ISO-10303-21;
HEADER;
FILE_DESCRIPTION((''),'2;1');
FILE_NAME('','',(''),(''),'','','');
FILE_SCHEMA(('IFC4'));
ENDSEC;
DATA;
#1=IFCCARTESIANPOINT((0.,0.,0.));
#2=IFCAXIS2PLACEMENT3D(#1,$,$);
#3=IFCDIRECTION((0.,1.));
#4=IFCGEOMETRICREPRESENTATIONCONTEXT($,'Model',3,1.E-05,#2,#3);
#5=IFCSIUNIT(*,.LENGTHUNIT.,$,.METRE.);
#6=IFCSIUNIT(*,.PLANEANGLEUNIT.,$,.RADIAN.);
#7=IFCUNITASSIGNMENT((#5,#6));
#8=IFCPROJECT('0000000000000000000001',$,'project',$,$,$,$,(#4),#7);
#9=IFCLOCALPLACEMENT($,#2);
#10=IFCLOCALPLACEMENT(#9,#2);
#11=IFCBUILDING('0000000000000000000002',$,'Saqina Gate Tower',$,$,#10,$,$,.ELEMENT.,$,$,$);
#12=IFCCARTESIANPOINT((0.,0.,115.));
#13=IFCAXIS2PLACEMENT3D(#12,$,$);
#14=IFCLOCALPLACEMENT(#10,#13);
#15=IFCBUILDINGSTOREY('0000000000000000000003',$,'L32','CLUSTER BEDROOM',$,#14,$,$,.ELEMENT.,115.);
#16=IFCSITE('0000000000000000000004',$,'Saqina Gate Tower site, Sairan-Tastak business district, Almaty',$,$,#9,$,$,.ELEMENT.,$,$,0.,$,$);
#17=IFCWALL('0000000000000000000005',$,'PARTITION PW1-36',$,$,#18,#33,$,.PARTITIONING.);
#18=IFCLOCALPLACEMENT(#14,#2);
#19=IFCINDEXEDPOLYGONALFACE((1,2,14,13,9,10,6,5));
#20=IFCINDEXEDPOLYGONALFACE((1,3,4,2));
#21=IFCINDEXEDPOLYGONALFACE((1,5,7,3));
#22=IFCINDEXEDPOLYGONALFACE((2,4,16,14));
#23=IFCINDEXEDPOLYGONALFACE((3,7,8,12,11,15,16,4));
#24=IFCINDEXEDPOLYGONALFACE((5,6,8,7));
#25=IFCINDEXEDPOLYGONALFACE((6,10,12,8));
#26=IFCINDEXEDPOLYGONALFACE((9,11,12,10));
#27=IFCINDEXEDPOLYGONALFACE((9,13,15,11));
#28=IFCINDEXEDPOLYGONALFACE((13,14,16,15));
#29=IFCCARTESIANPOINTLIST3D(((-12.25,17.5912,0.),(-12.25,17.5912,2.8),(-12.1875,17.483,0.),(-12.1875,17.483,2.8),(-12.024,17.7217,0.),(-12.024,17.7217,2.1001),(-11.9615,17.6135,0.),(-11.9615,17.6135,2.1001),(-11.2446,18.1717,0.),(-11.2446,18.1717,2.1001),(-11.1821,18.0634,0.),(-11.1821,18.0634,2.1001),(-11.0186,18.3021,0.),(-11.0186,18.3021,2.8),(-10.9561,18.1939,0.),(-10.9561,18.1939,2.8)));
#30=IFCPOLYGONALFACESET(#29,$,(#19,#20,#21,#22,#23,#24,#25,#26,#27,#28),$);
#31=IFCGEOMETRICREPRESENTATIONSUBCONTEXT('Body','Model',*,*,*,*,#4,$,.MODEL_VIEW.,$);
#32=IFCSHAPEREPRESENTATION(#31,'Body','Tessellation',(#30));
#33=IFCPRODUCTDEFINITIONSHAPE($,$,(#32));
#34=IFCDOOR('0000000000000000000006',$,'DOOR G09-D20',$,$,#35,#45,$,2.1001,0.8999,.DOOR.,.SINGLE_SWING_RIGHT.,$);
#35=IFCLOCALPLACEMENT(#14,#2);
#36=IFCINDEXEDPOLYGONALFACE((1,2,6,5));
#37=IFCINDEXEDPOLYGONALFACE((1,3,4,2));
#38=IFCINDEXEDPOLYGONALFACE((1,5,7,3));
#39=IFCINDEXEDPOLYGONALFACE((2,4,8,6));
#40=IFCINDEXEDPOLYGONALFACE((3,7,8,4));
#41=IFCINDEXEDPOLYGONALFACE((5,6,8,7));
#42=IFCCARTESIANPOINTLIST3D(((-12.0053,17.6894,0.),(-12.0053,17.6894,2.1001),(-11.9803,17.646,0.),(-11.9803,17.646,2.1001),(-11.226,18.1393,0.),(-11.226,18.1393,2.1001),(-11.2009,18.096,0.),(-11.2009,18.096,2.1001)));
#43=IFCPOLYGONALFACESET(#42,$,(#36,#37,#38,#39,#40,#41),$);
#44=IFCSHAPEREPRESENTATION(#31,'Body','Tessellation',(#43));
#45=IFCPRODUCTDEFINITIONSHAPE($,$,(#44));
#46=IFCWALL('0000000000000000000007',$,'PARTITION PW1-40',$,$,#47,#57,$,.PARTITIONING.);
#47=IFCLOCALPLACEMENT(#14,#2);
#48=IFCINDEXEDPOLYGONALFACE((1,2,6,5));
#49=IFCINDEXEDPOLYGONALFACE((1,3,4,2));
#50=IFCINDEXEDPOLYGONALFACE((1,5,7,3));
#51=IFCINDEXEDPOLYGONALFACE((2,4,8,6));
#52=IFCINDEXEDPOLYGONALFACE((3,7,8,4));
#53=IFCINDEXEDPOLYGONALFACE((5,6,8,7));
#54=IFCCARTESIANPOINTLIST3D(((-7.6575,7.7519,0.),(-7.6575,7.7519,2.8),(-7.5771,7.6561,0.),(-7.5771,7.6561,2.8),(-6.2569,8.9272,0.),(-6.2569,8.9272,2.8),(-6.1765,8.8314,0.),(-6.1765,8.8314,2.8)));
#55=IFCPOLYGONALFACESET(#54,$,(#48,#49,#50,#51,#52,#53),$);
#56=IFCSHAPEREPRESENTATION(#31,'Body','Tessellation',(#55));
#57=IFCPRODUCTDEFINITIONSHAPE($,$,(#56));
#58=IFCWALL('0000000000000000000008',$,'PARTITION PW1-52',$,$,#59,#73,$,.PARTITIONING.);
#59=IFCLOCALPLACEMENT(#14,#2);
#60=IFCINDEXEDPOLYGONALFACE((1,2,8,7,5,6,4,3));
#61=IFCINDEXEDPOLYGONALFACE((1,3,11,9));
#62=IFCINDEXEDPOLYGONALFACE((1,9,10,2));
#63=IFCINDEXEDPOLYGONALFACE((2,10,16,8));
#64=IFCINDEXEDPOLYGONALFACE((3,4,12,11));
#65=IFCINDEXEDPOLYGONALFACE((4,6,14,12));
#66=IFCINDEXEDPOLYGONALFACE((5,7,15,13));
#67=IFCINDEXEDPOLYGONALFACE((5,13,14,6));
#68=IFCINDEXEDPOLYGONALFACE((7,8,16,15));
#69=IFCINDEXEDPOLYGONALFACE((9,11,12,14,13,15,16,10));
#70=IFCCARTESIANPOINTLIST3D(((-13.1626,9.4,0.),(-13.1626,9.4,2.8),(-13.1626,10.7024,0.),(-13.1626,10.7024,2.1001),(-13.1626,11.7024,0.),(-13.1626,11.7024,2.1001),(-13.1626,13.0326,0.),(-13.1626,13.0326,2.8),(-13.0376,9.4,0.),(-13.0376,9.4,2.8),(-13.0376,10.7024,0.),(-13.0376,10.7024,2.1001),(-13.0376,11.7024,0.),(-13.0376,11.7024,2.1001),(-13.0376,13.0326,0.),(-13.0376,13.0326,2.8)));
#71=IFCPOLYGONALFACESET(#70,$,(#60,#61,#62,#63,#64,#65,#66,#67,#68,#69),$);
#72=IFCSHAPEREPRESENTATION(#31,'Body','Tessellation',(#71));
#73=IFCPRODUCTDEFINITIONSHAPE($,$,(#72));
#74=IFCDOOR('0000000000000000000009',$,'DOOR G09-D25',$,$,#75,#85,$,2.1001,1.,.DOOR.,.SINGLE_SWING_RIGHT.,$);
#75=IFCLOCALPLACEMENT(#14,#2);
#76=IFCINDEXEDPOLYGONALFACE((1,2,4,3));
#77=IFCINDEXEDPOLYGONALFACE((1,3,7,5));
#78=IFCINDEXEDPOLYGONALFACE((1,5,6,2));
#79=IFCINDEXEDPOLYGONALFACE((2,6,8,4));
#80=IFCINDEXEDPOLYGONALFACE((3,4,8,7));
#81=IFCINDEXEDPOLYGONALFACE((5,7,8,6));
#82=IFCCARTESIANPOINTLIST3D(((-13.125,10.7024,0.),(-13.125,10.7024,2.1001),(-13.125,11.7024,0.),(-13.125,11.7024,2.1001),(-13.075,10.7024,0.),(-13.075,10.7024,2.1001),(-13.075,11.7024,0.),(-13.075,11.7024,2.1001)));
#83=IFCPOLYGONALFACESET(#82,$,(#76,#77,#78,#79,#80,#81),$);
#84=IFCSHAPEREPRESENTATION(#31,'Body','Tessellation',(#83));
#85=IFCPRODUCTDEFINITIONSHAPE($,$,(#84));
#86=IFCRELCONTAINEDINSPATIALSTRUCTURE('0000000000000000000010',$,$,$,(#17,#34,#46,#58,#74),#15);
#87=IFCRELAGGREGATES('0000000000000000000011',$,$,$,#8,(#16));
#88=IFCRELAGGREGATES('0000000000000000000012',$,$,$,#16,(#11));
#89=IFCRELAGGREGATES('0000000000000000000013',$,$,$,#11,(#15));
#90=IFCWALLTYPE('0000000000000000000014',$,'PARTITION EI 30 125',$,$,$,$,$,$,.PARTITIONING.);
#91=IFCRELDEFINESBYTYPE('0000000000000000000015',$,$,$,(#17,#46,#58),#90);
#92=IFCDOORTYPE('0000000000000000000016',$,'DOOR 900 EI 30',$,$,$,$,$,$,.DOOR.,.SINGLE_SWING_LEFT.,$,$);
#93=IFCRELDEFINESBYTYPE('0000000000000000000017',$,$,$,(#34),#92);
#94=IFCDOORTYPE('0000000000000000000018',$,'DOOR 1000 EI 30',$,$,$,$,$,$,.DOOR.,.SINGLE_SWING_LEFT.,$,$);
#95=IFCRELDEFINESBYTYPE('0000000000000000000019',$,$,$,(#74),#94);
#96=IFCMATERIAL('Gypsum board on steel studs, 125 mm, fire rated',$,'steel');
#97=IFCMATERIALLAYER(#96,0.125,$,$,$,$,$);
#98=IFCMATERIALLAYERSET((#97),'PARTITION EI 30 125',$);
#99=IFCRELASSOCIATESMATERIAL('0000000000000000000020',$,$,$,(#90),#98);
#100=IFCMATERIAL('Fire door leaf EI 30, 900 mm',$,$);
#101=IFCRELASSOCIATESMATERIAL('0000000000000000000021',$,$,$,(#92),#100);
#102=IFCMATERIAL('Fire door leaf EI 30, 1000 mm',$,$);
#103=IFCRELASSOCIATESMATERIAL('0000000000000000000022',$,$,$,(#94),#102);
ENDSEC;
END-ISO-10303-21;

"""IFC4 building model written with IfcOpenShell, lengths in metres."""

from ifc_helpers import new_model, si_unit, direction, frame, frame_2d, origin, place, context, subcontext, project, spatial, rectangle, extrude, material, layer, layer_set, type_object, element, fill, save


model = new_model("IFC4")

# Units and contexts
model_context = context("Model", 3, precision=1e-05, world=origin(), true_north=direction((0.0, 1.0)))
body_context = subcontext(model_context, "Body", "Model", "MODEL_VIEW")
ifc_project = project(units=[si_unit("LENGTHUNIT", "METRE"), si_unit("PLANEANGLEUNIT", "RADIAN")], contexts=[model_context])

# Site, building, storey
site_placement = place(None, origin())
site = spatial("IfcSite", under=ifc_project, at=site_placement, Name="Saqina Gate Tower site, Sairan-Tastak business district, Almaty", CompositionType="ELEMENT", RefElevation=0.0)
building_placement = place(site_placement, origin())
building = spatial("IfcBuilding", under=site, at=building_placement, Name="Saqina Gate Tower", CompositionType="ELEMENT")
storey_placement = place(building_placement, frame((0.0, 0.0, 115.0)))
storey = spatial("IfcBuildingStorey", under=building, at=storey_placement, Name="L32", Description="CLUSTER BEDROOM", CompositionType="ELEMENT", Elevation=115.0)

# Shared definitions
ifc_material_1 = material(Name="Gypsum board on steel studs, 125 mm, fire rated", Category="steel")
ifc_layer_1 = layer(ifc_material_1, 0.125)
ifc_layer_set_1 = layer_set([ifc_layer_1], Name="PARTITION EI 30 125")
wall_type_1 = type_object("IfcWallType", Name="PARTITION EI 30 125", PredefinedType="PARTITIONING", material=ifc_layer_set_1)

# Wall, opening, door
wall_1_placement = place(storey_placement, frame((-12.2188, 17.5371, 0.0), z_axis=(0.0, 0.0, 1.0), x_axis=(0.866037, 0.49998, 0.0)))
wall_1 = element("IfcWall", 1, at=wall_1_placement, inside=storey, type_object=wall_type_1, Name="PARTITION PW1-36", PredefinedType="PARTITIONING", context=body_context, shape_type="SweptSolid", body=[
    extrude(rectangle(XDim=1.4219, YDim=0.125, at=frame_2d((0.7109, 0.0))), origin(), (0.0, 0.0, 1.0), 2.8),
])
opening_1_placement = place(wall_1_placement, frame((0.261, 0.0, 0.0)))
opening_1 = element("IfcOpeningElement", 2, at=opening_1_placement, cuts=wall_1, PredefinedType="OPENING", context=body_context, shape_type="SweptSolid", body=[
    extrude(rectangle(XDim=0.8999, YDim=2.1001, at=frame_2d((0.45, 1.05))), frame((0.0, 0.0745, 0.0), z_axis=(0.0, -1.0, 0.0), x_axis=(1.0, 0.0, 0.0)), (0.0, 0.0, 1.0), 0.1489),
])
ifc_material_2 = material(Name="Fire door leaf EI 30, 900 mm")
door_type_1 = type_object("IfcDoorType", Name="DOOR 900 EI 30", OperationType="SINGLE_SWING_LEFT", PredefinedType="DOOR", material=ifc_material_2)
door_1_placement = place(opening_1_placement, frame((0.8999, 0.0, 0.0), z_axis=(0.0, 0.0, 1.0), x_axis=(-1.0, 0.0, 0.0)))
door_1 = element("IfcDoor", 3, at=door_1_placement, inside=storey, type_object=door_type_1, Name="DOOR G09-D20", OperationType="SINGLE_SWING_RIGHT", OverallHeight=2.1001, OverallWidth=0.8999, PredefinedType="DOOR", context=body_context, shape_type="SweptSolid", body=[
    extrude(rectangle(XDim=0.8999, YDim=2.1001, at=frame_2d((0.45, 1.05))), frame((0.0, 0.0249, 0.0), z_axis=(0.0, -1.0, 0.0), x_axis=(1.0, 0.0, 0.0)), (0.0, 0.0, 1.0), 0.05),
])
fill(opening_1, door_1)

# Wall
wall_2_placement = place(storey_placement, frame((-7.6172, 7.7041, 0.0), z_axis=(0.0, 0.0, 1.0), x_axis=(0.766039, 0.642794, 0.0)))
element("IfcWall", 4, at=wall_2_placement, inside=storey, type_object=wall_type_1, Name="PARTITION PW1-40", PredefinedType="PARTITIONING", context=body_context, shape_type="SweptSolid", body=[
    extrude(rectangle(XDim=1.8284, YDim=0.125, at=frame_2d((0.9141, 0.0))), origin(), (0.0, 0.0, 1.0), 2.8),
])

# Wall, opening, door
wall_3_placement = place(storey_placement, frame((-13.1001, 9.3999, 0.0), z_axis=(0.0, 0.0, 1.0), x_axis=(0.0, 1.0, 0.0)))
wall_3 = element("IfcWall", 5, at=wall_3_placement, inside=storey, type_object=wall_type_1, Name="PARTITION PW1-52", PredefinedType="PARTITIONING", context=body_context, shape_type="SweptSolid", body=[
    extrude(rectangle(XDim=3.6326, YDim=0.125, at=frame_2d((1.8164, 0.0))), origin(), (0.0, 0.0, 1.0), 2.8),
])
opening_2_placement = place(wall_3_placement, frame((1.3025, 0.0, 0.0)))
opening_2 = element("IfcOpeningElement", 6, at=opening_2_placement, cuts=wall_3, PredefinedType="OPENING", context=body_context, shape_type="SweptSolid", body=[
    extrude(rectangle(XDim=1.0, YDim=2.1001, at=frame_2d((0.5, 1.05))), frame((0.0, 0.0745, 0.0), z_axis=(0.0, -1.0, 0.0), x_axis=(1.0, 0.0, 0.0)), (0.0, 0.0, 1.0), 0.1489),
])
ifc_material_3 = material(Name="Fire door leaf EI 30, 1000 mm")
door_type_2 = type_object("IfcDoorType", Name="DOOR 1000 EI 30", OperationType="SINGLE_SWING_LEFT", PredefinedType="DOOR", material=ifc_material_3)
door_2_placement = place(opening_2_placement, origin())
door_2 = element("IfcDoor", 7, at=door_2_placement, inside=storey, type_object=door_type_2, Name="DOOR G09-D25", OperationType="SINGLE_SWING_RIGHT", OverallHeight=2.1001, OverallWidth=1.0, PredefinedType="DOOR", context=body_context, shape_type="SweptSolid", body=[
    extrude(rectangle(XDim=1.0, YDim=2.1001, at=frame_2d((0.5, 1.05))), frame((0.0, 0.0249, 0.0), z_axis=(0.0, -1.0, 0.0), x_axis=(1.0, 0.0, 0.0)), (0.0, 0.0, 1.0), 0.05),
])
fill(opening_2, door_2)

save(model, "model.ifc")
